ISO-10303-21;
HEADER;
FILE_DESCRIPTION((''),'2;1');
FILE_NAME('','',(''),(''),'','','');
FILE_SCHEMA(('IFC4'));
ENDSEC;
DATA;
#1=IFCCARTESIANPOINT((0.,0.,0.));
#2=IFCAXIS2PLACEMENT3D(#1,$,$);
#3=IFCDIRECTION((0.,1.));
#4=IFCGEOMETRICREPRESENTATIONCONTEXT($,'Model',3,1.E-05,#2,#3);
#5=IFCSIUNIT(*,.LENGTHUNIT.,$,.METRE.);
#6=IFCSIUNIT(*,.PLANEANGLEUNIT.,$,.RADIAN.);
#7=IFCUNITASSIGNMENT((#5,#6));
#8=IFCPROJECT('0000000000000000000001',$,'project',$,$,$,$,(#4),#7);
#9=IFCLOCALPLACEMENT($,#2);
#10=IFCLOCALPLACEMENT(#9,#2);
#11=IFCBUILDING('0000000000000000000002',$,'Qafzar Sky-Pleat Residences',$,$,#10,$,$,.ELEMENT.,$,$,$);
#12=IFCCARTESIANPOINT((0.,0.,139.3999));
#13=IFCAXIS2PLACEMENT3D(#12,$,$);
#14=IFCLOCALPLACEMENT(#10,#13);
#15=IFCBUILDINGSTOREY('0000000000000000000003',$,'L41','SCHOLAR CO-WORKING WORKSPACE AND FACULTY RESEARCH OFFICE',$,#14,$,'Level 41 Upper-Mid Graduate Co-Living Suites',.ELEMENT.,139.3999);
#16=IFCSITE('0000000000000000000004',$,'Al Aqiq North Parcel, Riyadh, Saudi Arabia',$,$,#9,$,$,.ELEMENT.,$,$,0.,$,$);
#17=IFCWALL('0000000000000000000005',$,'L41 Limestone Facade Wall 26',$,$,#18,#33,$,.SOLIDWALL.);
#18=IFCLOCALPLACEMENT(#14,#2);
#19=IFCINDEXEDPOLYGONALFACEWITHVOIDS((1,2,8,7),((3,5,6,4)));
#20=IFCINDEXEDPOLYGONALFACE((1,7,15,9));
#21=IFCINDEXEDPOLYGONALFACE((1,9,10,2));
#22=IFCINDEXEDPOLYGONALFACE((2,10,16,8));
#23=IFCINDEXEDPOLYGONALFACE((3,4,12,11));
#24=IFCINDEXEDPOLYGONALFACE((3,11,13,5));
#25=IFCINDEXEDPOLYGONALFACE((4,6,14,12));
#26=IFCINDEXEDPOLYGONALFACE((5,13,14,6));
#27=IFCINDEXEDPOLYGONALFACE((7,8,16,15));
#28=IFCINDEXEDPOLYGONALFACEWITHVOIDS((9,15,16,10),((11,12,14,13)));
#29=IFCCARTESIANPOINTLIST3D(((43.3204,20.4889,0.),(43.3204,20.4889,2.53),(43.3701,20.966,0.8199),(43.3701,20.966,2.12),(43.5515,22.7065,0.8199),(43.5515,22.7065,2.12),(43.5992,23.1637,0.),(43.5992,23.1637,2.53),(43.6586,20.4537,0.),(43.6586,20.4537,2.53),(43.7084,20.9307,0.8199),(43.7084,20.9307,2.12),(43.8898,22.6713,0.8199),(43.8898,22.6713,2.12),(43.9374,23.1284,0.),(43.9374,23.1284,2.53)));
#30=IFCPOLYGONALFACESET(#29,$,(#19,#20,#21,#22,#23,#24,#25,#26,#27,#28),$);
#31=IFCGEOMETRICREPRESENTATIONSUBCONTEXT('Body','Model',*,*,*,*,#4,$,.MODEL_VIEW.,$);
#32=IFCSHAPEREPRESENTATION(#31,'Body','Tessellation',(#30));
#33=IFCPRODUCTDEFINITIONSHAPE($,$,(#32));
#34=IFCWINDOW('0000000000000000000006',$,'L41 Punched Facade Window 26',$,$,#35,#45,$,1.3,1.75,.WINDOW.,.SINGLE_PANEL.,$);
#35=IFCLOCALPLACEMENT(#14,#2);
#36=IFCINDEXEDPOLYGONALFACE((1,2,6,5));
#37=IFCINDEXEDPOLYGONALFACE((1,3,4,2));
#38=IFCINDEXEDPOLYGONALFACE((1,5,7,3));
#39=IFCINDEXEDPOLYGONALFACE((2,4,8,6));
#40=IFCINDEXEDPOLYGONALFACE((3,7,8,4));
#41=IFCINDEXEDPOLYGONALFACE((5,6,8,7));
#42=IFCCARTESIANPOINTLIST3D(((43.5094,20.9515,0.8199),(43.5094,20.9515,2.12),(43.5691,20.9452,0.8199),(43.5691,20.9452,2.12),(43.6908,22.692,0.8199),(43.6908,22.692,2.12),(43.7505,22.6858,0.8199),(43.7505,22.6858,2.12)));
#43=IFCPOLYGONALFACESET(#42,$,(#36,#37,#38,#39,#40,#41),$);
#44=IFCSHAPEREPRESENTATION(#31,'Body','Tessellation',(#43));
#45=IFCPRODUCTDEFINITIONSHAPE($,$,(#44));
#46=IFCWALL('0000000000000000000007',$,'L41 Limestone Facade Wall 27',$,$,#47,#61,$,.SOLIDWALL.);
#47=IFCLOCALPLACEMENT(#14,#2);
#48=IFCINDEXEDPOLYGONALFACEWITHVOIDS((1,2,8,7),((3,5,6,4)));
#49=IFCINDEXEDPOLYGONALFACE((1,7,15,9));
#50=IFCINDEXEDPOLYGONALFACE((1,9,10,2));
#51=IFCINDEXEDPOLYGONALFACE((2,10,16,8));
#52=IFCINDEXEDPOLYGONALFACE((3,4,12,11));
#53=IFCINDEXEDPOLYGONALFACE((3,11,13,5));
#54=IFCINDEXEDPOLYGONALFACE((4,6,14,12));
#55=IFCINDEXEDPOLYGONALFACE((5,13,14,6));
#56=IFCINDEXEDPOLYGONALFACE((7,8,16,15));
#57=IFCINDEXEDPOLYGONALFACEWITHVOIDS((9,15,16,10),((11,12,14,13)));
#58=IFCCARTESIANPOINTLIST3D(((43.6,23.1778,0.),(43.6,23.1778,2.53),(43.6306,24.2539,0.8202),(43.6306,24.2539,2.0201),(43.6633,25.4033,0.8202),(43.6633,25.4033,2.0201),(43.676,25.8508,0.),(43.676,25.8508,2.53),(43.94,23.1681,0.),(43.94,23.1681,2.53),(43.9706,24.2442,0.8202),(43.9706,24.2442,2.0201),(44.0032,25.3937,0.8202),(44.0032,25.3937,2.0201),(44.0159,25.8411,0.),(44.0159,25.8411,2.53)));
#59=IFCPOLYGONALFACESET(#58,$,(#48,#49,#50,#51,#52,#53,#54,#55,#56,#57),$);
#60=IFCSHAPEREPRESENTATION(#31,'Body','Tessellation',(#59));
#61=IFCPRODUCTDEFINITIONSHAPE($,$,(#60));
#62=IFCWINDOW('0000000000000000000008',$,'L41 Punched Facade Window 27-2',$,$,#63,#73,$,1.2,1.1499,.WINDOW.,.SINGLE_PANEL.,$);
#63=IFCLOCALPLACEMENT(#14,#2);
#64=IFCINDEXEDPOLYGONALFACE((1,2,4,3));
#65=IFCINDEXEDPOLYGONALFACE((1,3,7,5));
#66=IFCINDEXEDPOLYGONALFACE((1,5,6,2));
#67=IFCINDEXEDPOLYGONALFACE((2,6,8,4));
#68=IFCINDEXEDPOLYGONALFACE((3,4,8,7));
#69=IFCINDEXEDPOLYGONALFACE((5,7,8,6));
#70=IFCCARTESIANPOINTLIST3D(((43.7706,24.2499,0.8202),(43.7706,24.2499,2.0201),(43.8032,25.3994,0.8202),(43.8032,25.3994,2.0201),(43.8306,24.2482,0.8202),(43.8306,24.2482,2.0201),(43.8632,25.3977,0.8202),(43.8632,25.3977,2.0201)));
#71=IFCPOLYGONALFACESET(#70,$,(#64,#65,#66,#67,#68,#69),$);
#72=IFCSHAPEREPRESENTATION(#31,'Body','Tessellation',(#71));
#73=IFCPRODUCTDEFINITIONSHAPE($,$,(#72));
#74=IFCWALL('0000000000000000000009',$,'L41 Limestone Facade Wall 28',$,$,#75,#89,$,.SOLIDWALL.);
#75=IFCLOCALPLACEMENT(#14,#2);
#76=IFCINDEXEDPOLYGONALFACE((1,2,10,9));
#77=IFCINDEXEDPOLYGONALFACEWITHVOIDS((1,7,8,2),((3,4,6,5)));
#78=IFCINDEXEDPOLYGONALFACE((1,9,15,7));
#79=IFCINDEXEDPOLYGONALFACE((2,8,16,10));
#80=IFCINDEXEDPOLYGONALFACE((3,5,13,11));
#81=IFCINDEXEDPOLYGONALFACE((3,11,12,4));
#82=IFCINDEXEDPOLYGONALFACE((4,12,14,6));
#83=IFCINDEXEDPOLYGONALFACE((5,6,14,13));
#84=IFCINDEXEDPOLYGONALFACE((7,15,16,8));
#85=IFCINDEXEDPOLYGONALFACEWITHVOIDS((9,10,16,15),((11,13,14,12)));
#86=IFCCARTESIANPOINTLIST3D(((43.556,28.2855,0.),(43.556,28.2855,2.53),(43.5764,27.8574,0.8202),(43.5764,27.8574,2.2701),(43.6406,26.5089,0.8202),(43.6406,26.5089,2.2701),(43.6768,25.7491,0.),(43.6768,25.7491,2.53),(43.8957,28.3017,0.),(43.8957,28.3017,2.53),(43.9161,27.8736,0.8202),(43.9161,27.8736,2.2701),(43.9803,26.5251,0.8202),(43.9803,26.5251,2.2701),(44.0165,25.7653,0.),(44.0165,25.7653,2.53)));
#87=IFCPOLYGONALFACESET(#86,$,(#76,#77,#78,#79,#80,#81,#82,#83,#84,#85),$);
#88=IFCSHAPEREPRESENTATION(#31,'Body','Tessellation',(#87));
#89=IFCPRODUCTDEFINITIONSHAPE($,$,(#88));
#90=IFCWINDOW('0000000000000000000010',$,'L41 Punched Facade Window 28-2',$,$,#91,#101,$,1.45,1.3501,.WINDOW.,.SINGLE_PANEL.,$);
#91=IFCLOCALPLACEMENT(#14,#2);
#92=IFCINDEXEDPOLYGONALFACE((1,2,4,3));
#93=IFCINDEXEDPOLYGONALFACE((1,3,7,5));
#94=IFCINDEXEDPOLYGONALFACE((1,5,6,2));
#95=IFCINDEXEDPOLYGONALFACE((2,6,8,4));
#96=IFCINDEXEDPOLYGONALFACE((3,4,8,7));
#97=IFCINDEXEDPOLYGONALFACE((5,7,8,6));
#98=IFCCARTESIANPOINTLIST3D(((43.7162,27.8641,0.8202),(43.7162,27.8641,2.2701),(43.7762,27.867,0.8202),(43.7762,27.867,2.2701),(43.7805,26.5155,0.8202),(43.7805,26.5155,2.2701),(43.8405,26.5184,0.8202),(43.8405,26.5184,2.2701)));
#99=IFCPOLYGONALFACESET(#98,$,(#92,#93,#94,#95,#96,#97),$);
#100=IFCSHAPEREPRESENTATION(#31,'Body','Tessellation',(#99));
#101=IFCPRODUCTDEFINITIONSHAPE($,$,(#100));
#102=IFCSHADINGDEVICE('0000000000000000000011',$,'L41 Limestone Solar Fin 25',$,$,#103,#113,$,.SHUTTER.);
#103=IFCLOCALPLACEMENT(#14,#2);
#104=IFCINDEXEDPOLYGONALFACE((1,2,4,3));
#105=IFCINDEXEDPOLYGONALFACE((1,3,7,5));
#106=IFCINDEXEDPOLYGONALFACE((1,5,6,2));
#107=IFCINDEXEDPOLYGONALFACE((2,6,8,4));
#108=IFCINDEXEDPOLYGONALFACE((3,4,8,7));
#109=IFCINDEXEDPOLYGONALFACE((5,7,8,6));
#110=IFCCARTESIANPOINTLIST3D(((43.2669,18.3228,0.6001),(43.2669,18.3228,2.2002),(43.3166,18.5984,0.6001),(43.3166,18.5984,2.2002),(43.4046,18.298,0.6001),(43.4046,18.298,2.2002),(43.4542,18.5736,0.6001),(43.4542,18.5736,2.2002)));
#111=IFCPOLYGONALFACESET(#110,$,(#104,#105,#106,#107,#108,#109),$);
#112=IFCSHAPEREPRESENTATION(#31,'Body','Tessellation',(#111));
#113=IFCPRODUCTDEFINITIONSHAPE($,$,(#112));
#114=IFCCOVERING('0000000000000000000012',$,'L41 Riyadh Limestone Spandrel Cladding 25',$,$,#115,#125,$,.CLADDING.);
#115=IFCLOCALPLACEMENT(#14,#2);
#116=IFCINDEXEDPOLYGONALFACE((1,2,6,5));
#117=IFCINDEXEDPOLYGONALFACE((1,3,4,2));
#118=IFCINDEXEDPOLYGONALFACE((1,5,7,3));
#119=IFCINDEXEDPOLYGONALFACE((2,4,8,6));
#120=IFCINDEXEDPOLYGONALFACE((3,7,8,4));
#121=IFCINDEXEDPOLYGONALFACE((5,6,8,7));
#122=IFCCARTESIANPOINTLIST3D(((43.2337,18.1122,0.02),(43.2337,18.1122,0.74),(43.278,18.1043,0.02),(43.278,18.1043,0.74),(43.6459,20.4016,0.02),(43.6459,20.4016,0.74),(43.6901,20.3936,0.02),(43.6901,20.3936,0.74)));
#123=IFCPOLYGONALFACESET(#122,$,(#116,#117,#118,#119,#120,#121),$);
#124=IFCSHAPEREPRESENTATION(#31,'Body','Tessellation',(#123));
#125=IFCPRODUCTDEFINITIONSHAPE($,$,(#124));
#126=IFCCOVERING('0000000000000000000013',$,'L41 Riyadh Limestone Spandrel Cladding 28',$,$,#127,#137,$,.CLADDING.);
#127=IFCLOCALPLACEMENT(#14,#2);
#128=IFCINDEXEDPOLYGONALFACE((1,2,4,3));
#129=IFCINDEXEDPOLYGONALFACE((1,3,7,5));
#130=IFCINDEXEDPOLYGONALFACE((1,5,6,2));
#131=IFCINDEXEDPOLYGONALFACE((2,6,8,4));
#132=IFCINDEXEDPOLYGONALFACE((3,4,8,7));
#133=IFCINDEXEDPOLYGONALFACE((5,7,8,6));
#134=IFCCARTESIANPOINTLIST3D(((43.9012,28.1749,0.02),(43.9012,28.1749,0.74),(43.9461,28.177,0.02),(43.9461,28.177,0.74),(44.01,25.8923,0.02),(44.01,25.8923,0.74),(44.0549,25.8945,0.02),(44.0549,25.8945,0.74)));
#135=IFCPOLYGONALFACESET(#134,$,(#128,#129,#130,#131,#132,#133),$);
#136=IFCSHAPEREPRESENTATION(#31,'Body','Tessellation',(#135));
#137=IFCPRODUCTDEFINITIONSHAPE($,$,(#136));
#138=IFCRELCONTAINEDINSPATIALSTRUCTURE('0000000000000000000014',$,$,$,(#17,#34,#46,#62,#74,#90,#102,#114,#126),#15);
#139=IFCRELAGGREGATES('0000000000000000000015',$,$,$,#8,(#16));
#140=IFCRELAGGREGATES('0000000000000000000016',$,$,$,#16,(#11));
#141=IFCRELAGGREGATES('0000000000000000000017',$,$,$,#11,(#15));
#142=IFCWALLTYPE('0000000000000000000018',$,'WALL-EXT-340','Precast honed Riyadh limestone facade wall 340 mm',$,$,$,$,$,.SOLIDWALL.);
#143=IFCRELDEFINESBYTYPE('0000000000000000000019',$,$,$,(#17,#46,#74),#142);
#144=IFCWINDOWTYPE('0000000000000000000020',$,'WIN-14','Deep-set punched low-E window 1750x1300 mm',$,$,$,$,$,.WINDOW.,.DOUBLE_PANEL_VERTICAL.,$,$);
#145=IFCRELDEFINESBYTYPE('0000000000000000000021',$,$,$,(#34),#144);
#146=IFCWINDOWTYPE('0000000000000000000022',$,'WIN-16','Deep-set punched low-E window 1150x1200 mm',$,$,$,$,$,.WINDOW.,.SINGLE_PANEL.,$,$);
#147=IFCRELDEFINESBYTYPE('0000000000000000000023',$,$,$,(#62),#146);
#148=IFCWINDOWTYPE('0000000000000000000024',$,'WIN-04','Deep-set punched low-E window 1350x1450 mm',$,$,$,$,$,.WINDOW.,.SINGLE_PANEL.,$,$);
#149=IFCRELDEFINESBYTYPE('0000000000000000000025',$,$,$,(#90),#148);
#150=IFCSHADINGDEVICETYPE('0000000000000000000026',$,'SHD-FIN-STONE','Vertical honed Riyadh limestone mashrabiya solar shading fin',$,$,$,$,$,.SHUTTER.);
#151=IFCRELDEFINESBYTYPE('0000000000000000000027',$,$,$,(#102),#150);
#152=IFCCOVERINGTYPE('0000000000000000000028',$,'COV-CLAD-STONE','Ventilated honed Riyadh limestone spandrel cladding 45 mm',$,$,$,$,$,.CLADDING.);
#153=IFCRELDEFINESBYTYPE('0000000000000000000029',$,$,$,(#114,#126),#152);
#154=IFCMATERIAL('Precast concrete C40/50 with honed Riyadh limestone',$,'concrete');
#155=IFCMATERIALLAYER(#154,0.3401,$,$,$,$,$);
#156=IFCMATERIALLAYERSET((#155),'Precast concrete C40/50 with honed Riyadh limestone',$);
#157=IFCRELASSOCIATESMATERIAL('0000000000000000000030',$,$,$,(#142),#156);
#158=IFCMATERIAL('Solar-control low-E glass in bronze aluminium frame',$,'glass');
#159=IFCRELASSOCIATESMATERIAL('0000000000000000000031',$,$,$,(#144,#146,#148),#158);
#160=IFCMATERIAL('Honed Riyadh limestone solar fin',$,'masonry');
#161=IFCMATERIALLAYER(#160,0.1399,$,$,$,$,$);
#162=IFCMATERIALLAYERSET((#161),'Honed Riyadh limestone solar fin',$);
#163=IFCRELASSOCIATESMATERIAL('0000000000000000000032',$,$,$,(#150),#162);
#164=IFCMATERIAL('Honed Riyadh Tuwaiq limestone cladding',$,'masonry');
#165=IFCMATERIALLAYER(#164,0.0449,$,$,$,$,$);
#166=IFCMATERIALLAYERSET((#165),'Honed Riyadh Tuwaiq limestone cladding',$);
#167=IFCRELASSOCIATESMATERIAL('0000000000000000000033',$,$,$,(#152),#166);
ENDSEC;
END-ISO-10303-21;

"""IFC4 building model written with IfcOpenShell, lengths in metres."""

from ifc_helpers import new_model, si_unit, direction, frame, frame_2d, origin, origin_2d, place, context, subcontext, project, spatial, rectangle, extrude, source, transform, mapped, material, layer, layer_set, type_object, element, fill, save


model = new_model("IFC4")

# Units and contexts
model_context = context("Model", 3, precision=1e-05, world=origin(), true_north=direction((0.0, 1.0)))
body_context = subcontext(model_context, "Body", "Model", "MODEL_VIEW")
ifc_project = project(units=[si_unit("LENGTHUNIT", "METRE"), si_unit("PLANEANGLEUNIT", "RADIAN")], contexts=[model_context])

# Site, building, storey
site_placement = place(None, origin())
site = spatial("IfcSite", under=ifc_project, at=site_placement, Name="Al Aqiq North Parcel, Riyadh, Saudi Arabia", CompositionType="ELEMENT", RefElevation=0.0)
building_placement = place(site_placement, origin())
building = spatial("IfcBuilding", under=site, at=building_placement, Name="Qafzar Sky-Pleat Residences", CompositionType="ELEMENT")
storey_placement = place(building_placement, frame((0.0, 0.0, 139.3999)))
storey = spatial("IfcBuildingStorey", under=building, at=storey_placement, Name="L41", Description="SCHOLAR CO-WORKING WORKSPACE AND FACULTY RESEARCH OFFICE", LongName="Level 41 Upper-Mid Graduate Co-Living Suites", CompositionType="ELEMENT", Elevation=139.3999)

# Walls, openings, windows
ifc_material_1 = material(Name="Precast concrete C40/50 with honed Riyadh limestone", Category="concrete")
ifc_layer_1 = layer(ifc_material_1, 0.3401)
ifc_layer_set_1 = layer_set([ifc_layer_1], Name="Precast concrete C40/50 with honed Riyadh limestone")
wall_type_1 = type_object("IfcWallType", Name="WALL-EXT-340", Description="Precast honed Riyadh limestone facade wall 340 mm", PredefinedType="SOLIDWALL", material=ifc_layer_set_1)
wall_1_placement = place(storey_placement, frame((43.4895, 20.4712, 0.0), z_axis=(0.0, 0.0, 1.0), x_axis=(0.103673, 0.994611, 0.0)))
wall_1 = element("IfcWall", 1, at=wall_1_placement, inside=storey, type_object=wall_type_1, Name="L41 Limestone Facade Wall 26", PredefinedType="SOLIDWALL", context=body_context, shape_type="SweptSolid", body=[
    extrude(rectangle(XDim=2.6892, YDim=0.3401, at=frame_2d((1.3447, 0.0))), origin(), (0.0, 0.0, 1.0), 2.53),
])
opening_1_placement = place(wall_1_placement, frame((0.4797, 0.0, 0.8201)))
opening_1 = element("IfcOpeningElement", 2, at=opening_1_placement, cuts=wall_1, PredefinedType="OPENING", context=body_context, shape_type="SweptSolid", body=[
    extrude(rectangle(XDim=1.75, YDim=1.3, at=frame_2d((0.875, 0.6499))), frame((0.0, 0.1802, 0.0), z_axis=(0.0, -1.0, 0.0), x_axis=(1.0, 0.0, 0.0)), (0.0, 0.0, 1.0), 0.3601),
])
ifc_material_2 = material(Name="Solar-control low-E glass in bronze aluminium frame", Category="glass")
window_type_1 = type_object("IfcWindowType", Name="WIN-14", Description="Deep-set punched low-E window 1750x1300 mm", PartitioningType="DOUBLE_PANEL_VERTICAL", PredefinedType="WINDOW", material=ifc_material_2)
shared_shape_1 = source(origin(), body_context, "Body", "SweptSolid", [
    extrude(rectangle(XDim=1.75, YDim=1.3, at=frame_2d((0.875, 0.6499))), frame((0.0, 0.03, 0.0), z_axis=(0.0, -1.0, 0.0), x_axis=(1.0, 0.0, 0.0)), (0.0, 0.0, 1.0), 0.0601),
])
window_1_placement = place(opening_1_placement, origin())
window_1 = element("IfcWindow", 3, at=window_1_placement, inside=storey, type_object=window_type_1, Name="L41 Punched Facade Window 26", OverallHeight=1.3, OverallWidth=1.75, PartitioningType="SINGLE_PANEL", PredefinedType="WINDOW", context=body_context, shape_type="MappedRepresentation", body=[
    mapped(shared_shape_1, transform((0.0, 0.0, 0.0), x_axis=(1.0, 0.0, 0.0), y_axis=(0.0, 1.0, 0.0), z_axis=(0.0, 0.0, 1.0), scale=1.0)),
])
fill(opening_1, window_1)
wall_2_placement = place(storey_placement, frame((43.77, 23.1731, 0.0), z_axis=(0.0, 0.0, 1.0), x_axis=(0.028393, 0.999597, 0.0)))
wall_2 = element("IfcWall", 4, at=wall_2_placement, inside=storey, type_object=wall_type_1, Name="L41 Limestone Facade Wall 27", PredefinedType="SOLIDWALL", context=body_context, shape_type="SweptSolid", body=[
    extrude(rectangle(XDim=2.6741, YDim=0.3401, at=frame_2d((1.3369, 0.0))), origin(), (0.0, 0.0, 1.0), 2.53),
])
opening_2_placement = place(wall_2_placement, frame((1.0764, 0.0, 0.8201)))
opening_2 = element("IfcOpeningElement", 5, at=opening_2_placement, cuts=wall_2, PredefinedType="OPENING", context=body_context, shape_type="SweptSolid", body=[
    extrude(rectangle(XDim=1.1499, YDim=1.2, at=frame_2d((0.575, 0.6001))), frame((0.0, 0.1802, 0.0), z_axis=(0.0, -1.0, 0.0), x_axis=(1.0, 0.0, 0.0)), (0.0, 0.0, 1.0), 0.3601),
])
window_type_2 = type_object("IfcWindowType", Name="WIN-16", Description="Deep-set punched low-E window 1150x1200 mm", PartitioningType="SINGLE_PANEL", PredefinedType="WINDOW", material=ifc_material_2)
shared_shape_2 = source(origin(), body_context, "Body", "SweptSolid", [
    extrude(rectangle(XDim=1.1499, YDim=1.2, at=frame_2d((0.575, 0.6001))), frame((0.0, 0.03, 0.0), z_axis=(0.0, -1.0, 0.0), x_axis=(1.0, 0.0, 0.0)), (0.0, 0.0, 1.0), 0.0601),
])
window_2_placement = place(opening_2_placement, origin())
window_2 = element("IfcWindow", 6, at=window_2_placement, inside=storey, type_object=window_type_2, Name="L41 Punched Facade Window 27-2", OverallHeight=1.2, OverallWidth=1.1499, PartitioningType="SINGLE_PANEL", PredefinedType="WINDOW", context=body_context, shape_type="MappedRepresentation", body=[
    mapped(shared_shape_2, transform((0.0, 0.0, 0.0), x_axis=(1.0, 0.0, 0.0), y_axis=(0.0, 1.0, 0.0), z_axis=(0.0, 0.0, 1.0), scale=1.0)),
])
fill(opening_2, window_2)
wall_3_placement = place(storey_placement, frame((43.8467, 25.7573, 0.0), z_axis=(0.0, 0.0, 1.0), x_axis=(-0.047593, 0.998867, 0.0)))
wall_3 = element("IfcWall", 7, at=wall_3_placement, inside=storey, type_object=wall_type_1, Name="L41 Limestone Facade Wall 28", PredefinedType="SOLIDWALL", context=body_context, shape_type="SweptSolid", body=[
    extrude(rectangle(XDim=2.5393, YDim=0.3401, at=frame_2d((1.2695, 0.0))), origin(), (0.0, 0.0, 1.0), 2.53),
])
opening_3_placement = place(wall_3_placement, frame((0.7605, 0.0, 0.8201)))
opening_3 = element("IfcOpeningElement", 8, at=opening_3_placement, cuts=wall_3, PredefinedType="OPENING", context=body_context, shape_type="SweptSolid", body=[
    extrude(rectangle(XDim=1.3501, YDim=1.45, at=frame_2d((0.675, 0.7251))), frame((0.0, 0.1802, 0.0), z_axis=(0.0, -1.0, 0.0), x_axis=(1.0, 0.0, 0.0)), (0.0, 0.0, 1.0), 0.3601),
])
window_type_3 = type_object("IfcWindowType", Name="WIN-04", Description="Deep-set punched low-E window 1350x1450 mm", PartitioningType="SINGLE_PANEL", PredefinedType="WINDOW", material=ifc_material_2)
shared_shape_3 = source(origin(), body_context, "Body", "SweptSolid", [
    extrude(rectangle(XDim=1.3501, YDim=1.45, at=frame_2d((0.675, 0.7251))), frame((0.0, 0.03, 0.0), z_axis=(0.0, -1.0, 0.0), x_axis=(1.0, 0.0, 0.0)), (0.0, 0.0, 1.0), 0.0601),
])
window_3_placement = place(opening_3_placement, origin())
window_3 = element("IfcWindow", 9, at=window_3_placement, inside=storey, type_object=window_type_3, Name="L41 Punched Facade Window 28-2", OverallHeight=1.45, OverallWidth=1.3501, PartitioningType="SINGLE_PANEL", PredefinedType="WINDOW", context=body_context, shape_type="MappedRepresentation", body=[
    mapped(shared_shape_3, transform((0.0, 0.0, 0.0), x_axis=(1.0, 0.0, 0.0), y_axis=(0.0, 1.0, 0.0), z_axis=(0.0, 0.0, 1.0), scale=1.0)),
])
fill(opening_3, window_3)

# Shading device
ifc_material_3 = material(Name="Honed Riyadh limestone solar fin", Category="masonry")
ifc_layer_2 = layer(ifc_material_3, 0.1399)
ifc_layer_set_2 = layer_set([ifc_layer_2], Name="Honed Riyadh limestone solar fin")
shading_device_type = type_object("IfcShadingDeviceType", Name="SHD-FIN-STONE", Description="Vertical honed Riyadh limestone mashrabiya solar shading fin", PredefinedType="SHUTTER", material=ifc_layer_set_2)
shared_shape_4 = source(origin(), body_context, "Body", "SweptSolid", [
    extrude(rectangle(XDim=0.1399, YDim=0.28, at=origin_2d()), origin(), (0.0, 0.0, 1.0), 1.6001),
])
shading_device_placement = place(storey_placement, frame((43.3606, 18.4482, 0.6001), z_axis=(0.0, 0.0, 1.0), x_axis=(0.984177, -0.177188, 0.0)))
element("IfcShadingDevice", 10, at=shading_device_placement, inside=storey, type_object=shading_device_type, Name="L41 Limestone Solar Fin 25", PredefinedType="SHUTTER", context=body_context, shape_type="MappedRepresentation", body=[
    mapped(shared_shape_4, transform((0.0, 0.0, 0.0), x_axis=(1.0, 0.0, 0.0), y_axis=(0.0, 1.0, 0.0), z_axis=(0.0, 0.0, 1.0), scale=1.0)),
])

# Coverings
ifc_material_4 = material(Name="Honed Riyadh Tuwaiq limestone cladding", Category="masonry")
ifc_layer_3 = layer(ifc_material_4, 0.0449)
ifc_layer_set_3 = layer_set([ifc_layer_3], Name="Honed Riyadh Tuwaiq limestone cladding")
covering_type = type_object("IfcCoveringType", Name="COV-CLAD-STONE", Description="Ventilated honed Riyadh limestone spandrel cladding 45 mm", PredefinedType="CLADDING", material=ifc_layer_set_3)
shared_shape_5 = source(origin(), body_context, "Body", "SweptSolid", [
    extrude(rectangle(XDim=2.3262, YDim=0.0449, at=origin_2d()), origin(), (0.0, 0.0, 1.0), 0.72),
])
covering_1_placement = place(storey_placement, frame((43.4619, 19.2529, 0.02), z_axis=(0.0, 0.0, 1.0), x_axis=(0.177166, 0.984181, 0.0)))
element("IfcCovering", 11, at=covering_1_placement, inside=storey, type_object=covering_type, Name="L41 Riyadh Limestone Spandrel Cladding 25", PredefinedType="CLADDING", context=body_context, shape_type="MappedRepresentation", body=[
    mapped(shared_shape_5, transform((0.0, 0.0, 0.0), x_axis=(1.0, 0.0, 0.0), y_axis=(0.0, 1.0, 0.0), z_axis=(0.0, 0.0, 1.0), scale=1.0)),
])
shared_shape_6 = source(origin(), body_context, "Body", "SweptSolid", [
    extrude(rectangle(XDim=2.2852, YDim=0.0449, at=origin_2d()), origin(), (0.0, 0.0, 1.0), 0.72),
])
covering_2_placement = place(storey_placement, frame((43.978, 27.0347, 0.02), z_axis=(0.0, 0.0, 1.0), x_axis=(-0.047614, 0.998866, 0.0)))
element("IfcCovering", 12, at=covering_2_placement, inside=storey, type_object=covering_type, Name="L41 Riyadh Limestone Spandrel Cladding 28", PredefinedType="CLADDING", context=body_context, shape_type="MappedRepresentation", body=[
    mapped(shared_shape_6, transform((0.0, 0.0, 0.0), x_axis=(1.0, 0.0, 0.0), y_axis=(0.0, 1.0, 0.0), z_axis=(0.0, 0.0, 1.0), scale=1.0)),
])

save(model, "model.ifc")
